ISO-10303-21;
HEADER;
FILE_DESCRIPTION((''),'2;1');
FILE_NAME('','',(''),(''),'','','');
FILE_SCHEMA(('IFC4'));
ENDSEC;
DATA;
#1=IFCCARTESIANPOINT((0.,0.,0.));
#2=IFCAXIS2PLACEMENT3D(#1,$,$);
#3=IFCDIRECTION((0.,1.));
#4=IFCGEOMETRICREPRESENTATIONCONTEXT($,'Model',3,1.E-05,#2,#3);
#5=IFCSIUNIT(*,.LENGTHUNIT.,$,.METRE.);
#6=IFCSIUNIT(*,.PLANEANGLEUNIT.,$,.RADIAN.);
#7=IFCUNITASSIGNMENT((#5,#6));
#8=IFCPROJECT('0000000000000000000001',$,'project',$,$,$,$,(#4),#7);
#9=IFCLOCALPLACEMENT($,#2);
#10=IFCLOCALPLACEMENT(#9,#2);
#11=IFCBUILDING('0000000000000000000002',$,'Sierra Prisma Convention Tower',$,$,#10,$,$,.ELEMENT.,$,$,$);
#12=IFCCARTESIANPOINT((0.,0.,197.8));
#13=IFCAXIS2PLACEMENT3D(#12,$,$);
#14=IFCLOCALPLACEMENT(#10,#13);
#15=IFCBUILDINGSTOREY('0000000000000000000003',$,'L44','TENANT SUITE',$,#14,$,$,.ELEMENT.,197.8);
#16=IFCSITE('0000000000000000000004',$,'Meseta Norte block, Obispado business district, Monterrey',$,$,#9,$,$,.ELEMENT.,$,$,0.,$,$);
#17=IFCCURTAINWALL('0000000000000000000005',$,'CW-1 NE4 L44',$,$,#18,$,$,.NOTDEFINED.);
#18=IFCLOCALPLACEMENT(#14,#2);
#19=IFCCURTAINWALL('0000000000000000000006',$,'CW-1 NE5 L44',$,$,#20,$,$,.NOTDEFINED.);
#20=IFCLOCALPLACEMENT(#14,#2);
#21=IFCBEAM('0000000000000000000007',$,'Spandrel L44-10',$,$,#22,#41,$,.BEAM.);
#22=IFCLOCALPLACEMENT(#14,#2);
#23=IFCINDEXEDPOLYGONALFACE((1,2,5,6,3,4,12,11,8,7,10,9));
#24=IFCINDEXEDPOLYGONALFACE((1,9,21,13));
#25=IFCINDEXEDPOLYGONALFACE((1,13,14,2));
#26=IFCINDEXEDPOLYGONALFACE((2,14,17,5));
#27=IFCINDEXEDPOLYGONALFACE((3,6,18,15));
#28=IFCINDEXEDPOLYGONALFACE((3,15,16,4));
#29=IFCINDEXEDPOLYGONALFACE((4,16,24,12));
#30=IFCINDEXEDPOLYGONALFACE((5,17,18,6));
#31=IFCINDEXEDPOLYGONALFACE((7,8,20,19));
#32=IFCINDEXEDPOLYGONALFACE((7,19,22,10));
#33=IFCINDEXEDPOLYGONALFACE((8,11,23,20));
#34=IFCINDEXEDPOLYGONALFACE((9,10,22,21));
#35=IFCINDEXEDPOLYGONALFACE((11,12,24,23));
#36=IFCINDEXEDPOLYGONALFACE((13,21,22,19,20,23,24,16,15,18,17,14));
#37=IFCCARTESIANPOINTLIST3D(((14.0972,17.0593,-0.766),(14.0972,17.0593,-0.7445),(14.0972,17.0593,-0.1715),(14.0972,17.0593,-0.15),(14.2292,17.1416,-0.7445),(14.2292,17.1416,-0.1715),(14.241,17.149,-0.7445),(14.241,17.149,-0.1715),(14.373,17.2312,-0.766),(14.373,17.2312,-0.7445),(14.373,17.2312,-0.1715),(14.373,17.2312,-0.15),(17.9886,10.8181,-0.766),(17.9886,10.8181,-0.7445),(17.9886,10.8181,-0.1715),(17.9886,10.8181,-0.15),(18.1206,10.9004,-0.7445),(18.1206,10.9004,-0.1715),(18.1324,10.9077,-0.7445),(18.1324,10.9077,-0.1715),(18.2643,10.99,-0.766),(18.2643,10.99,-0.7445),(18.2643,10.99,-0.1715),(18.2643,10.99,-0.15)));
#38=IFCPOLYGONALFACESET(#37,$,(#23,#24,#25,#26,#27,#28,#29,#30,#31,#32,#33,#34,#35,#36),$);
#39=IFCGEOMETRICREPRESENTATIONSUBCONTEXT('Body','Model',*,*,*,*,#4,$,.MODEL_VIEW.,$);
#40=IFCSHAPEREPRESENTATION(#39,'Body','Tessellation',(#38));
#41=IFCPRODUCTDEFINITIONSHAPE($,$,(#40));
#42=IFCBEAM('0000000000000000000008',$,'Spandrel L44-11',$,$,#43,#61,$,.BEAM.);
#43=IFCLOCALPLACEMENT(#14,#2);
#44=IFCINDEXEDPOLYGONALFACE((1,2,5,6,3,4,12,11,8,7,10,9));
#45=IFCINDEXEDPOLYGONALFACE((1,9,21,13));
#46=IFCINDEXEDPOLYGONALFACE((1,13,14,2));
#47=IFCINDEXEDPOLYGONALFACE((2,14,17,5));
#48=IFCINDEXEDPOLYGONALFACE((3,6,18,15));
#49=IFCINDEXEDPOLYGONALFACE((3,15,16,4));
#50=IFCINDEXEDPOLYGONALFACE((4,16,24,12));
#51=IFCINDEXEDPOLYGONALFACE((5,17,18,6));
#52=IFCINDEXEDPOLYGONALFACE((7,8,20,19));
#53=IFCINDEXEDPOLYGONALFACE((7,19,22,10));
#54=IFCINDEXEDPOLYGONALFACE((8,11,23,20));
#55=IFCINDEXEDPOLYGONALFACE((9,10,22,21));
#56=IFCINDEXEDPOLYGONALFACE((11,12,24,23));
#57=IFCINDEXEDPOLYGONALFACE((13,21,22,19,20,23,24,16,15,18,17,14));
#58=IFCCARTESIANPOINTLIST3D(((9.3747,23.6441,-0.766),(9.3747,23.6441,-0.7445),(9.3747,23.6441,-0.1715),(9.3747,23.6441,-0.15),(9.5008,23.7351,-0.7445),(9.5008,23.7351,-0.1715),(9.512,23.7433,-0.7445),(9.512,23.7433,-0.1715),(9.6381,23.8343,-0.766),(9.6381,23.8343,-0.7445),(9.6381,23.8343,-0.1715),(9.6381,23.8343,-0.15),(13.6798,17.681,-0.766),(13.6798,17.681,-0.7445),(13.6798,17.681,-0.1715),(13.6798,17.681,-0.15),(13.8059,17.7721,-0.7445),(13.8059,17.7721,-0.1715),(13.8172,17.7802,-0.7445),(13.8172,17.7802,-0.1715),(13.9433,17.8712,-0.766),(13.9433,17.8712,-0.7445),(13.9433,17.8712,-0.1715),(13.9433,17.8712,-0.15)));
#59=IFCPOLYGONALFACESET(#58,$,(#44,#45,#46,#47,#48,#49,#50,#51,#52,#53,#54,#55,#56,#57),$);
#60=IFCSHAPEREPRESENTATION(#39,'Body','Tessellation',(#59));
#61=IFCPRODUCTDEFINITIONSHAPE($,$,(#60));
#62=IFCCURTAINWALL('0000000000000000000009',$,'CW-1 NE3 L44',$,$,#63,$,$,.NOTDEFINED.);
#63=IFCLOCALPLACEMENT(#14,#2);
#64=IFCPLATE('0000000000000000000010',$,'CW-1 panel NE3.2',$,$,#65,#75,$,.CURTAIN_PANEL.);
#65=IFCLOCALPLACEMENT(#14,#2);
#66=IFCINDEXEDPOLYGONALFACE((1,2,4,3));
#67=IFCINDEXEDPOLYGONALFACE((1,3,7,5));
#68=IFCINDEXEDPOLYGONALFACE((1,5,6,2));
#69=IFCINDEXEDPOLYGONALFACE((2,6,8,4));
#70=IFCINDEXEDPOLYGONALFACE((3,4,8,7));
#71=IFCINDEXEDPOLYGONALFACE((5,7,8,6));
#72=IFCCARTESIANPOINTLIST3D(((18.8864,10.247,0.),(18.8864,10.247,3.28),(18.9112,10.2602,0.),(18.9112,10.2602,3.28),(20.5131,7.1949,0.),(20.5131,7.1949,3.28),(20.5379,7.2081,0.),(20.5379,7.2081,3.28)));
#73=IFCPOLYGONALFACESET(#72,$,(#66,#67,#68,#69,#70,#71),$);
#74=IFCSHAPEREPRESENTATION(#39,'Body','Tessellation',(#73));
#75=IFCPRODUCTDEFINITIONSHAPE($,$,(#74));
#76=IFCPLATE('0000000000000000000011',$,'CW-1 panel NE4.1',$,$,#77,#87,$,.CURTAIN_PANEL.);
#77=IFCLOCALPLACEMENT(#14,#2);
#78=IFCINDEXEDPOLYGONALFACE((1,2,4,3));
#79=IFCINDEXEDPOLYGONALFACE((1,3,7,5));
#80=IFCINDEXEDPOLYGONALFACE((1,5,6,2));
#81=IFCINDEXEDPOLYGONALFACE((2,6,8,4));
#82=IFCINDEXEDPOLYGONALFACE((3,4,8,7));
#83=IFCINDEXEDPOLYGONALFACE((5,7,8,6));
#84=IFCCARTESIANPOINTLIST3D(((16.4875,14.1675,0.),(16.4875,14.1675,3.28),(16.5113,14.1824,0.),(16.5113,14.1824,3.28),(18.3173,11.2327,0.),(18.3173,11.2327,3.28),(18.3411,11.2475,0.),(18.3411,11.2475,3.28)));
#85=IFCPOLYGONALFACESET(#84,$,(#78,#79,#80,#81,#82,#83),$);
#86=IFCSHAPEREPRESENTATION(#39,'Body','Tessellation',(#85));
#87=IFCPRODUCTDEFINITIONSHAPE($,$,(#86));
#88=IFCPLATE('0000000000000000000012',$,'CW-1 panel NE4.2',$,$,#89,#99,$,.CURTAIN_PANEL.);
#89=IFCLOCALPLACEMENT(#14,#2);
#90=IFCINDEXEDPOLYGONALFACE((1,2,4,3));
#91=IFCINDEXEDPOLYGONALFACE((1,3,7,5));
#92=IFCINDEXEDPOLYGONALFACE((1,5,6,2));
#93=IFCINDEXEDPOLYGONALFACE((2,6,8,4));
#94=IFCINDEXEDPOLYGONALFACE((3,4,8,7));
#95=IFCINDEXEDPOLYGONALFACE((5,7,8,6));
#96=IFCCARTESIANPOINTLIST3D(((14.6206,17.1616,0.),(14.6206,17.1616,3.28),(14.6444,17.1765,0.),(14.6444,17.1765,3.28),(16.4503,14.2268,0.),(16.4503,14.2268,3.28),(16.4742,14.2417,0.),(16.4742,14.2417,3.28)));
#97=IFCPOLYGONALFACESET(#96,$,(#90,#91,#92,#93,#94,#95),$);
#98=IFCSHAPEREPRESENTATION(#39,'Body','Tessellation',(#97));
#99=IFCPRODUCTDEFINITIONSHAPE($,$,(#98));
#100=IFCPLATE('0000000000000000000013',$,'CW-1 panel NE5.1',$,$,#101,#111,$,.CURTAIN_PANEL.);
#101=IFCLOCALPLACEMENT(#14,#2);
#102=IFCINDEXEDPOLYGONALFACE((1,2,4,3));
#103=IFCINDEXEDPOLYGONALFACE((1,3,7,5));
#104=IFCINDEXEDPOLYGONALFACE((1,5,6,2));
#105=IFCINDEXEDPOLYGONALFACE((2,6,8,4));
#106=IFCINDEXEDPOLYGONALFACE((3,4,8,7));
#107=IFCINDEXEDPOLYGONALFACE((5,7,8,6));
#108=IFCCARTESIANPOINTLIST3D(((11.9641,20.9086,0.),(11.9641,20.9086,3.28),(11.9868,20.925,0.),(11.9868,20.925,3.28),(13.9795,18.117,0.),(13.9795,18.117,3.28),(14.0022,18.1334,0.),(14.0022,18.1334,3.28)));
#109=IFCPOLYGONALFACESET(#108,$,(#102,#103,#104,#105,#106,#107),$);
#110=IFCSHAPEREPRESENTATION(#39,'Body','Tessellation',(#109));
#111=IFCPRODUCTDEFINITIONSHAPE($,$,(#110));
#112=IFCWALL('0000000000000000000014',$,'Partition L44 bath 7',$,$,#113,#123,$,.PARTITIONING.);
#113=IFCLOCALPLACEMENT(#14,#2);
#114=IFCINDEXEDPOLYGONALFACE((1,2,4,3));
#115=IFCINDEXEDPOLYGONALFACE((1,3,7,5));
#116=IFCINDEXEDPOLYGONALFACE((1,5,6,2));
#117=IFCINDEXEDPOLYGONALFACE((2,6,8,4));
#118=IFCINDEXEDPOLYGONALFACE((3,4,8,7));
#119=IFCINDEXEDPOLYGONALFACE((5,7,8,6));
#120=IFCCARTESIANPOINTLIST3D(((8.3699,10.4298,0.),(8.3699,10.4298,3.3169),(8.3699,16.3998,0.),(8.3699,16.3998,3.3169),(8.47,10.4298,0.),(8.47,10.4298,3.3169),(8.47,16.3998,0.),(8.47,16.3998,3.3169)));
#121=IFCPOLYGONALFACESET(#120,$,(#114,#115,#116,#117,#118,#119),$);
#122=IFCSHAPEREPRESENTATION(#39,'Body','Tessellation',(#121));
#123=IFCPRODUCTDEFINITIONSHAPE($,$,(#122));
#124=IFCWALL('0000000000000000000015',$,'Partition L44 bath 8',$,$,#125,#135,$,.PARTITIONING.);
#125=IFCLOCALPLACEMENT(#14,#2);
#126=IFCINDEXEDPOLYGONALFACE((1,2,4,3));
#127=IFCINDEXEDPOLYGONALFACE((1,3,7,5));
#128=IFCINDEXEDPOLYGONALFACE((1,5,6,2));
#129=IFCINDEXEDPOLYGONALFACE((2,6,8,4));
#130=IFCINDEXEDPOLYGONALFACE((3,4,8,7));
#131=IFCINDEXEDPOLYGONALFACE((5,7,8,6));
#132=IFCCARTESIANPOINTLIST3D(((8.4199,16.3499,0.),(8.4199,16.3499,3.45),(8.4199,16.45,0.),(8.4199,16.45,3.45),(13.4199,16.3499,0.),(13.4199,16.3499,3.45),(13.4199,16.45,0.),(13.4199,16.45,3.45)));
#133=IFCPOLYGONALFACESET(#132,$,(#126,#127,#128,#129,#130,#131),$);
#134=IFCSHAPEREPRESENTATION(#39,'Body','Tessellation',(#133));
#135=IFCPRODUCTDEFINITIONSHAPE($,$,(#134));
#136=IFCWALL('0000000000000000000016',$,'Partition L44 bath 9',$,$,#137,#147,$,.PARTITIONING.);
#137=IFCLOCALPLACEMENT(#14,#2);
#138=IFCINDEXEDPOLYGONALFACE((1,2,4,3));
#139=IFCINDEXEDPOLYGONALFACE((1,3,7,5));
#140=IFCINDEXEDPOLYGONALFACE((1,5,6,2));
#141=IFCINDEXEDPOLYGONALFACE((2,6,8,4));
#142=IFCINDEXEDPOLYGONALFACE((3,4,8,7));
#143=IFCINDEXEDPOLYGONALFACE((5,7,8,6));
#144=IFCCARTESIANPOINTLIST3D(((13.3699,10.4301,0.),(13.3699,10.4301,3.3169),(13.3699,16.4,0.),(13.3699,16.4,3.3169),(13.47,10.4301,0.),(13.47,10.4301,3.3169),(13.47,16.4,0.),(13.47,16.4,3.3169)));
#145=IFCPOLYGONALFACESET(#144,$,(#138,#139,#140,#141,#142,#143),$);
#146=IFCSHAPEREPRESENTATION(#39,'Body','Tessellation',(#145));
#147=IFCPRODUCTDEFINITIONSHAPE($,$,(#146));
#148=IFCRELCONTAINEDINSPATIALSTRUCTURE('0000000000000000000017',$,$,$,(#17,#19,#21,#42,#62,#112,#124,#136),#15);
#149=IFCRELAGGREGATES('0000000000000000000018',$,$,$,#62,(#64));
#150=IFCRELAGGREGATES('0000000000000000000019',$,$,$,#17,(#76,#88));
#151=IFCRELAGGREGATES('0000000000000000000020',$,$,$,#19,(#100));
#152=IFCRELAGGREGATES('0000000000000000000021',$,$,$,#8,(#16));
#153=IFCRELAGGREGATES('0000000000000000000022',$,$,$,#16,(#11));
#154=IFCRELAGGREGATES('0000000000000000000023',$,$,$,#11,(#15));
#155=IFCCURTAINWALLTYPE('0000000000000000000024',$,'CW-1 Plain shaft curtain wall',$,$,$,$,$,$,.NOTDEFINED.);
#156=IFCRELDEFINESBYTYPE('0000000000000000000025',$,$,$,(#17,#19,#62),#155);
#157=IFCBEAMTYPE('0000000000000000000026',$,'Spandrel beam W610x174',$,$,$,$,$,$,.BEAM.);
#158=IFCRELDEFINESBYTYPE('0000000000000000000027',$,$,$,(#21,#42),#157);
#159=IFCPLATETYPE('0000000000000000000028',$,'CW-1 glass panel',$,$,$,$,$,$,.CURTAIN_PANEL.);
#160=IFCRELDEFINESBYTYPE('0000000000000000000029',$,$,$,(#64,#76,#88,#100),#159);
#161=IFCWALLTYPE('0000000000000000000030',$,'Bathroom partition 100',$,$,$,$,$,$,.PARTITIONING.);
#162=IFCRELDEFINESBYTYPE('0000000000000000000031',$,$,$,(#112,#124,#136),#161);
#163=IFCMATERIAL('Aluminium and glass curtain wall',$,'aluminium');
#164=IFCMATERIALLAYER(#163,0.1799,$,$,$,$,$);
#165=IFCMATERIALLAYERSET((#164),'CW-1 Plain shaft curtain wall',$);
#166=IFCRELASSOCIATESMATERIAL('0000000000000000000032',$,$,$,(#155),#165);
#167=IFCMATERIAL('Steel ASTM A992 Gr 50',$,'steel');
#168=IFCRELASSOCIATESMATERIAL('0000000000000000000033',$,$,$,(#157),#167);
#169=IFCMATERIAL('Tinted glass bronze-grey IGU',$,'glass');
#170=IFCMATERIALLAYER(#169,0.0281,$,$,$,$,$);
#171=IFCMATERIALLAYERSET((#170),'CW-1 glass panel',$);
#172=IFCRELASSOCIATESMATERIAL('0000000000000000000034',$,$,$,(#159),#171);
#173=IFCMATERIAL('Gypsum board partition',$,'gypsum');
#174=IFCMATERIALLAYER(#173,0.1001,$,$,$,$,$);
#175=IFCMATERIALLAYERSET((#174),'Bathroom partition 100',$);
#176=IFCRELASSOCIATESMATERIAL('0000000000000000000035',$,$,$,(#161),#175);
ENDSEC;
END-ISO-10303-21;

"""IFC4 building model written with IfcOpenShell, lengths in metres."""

from ifc_helpers import new_model, si_unit, direction, frame, frame_2d, origin, origin_2d, place, context, subcontext, project, spatial, rectangle, i_section, extrude, material, layer, layer_set, material_profile, profile_set, type_object, element, aggregate, save


model = new_model("IFC4")

# Units and contexts
model_context = context("Model", 3, precision=1e-05, world=origin(), true_north=direction((0.0, 1.0)))
body_context = subcontext(model_context, "Body", "Model", "MODEL_VIEW")
ifc_project = project(units=[si_unit("LENGTHUNIT", "METRE"), si_unit("PLANEANGLEUNIT", "RADIAN")], contexts=[model_context])

# Site, building, storey
site_placement = place(None, origin())
site = spatial("IfcSite", under=ifc_project, at=site_placement, Name="Meseta Norte block, Obispado business district, Monterrey", CompositionType="ELEMENT", RefElevation=0.0)
building_placement = place(site_placement, origin())
building = spatial("IfcBuilding", under=site, at=building_placement, Name="Sierra Prisma Convention Tower", CompositionType="ELEMENT")
storey_placement = place(building_placement, frame((0.0, 0.0, 197.8)))
storey = spatial("IfcBuildingStorey", under=building, at=storey_placement, Name="L44", Description="TENANT SUITE", CompositionType="ELEMENT", Elevation=197.8)

# Curtain wall
ifc_material_1 = material(Name="Aluminium and glass curtain wall", Category="aluminium")
ifc_layer_1 = layer(ifc_material_1, 0.1799)
ifc_layer_set_1 = layer_set([ifc_layer_1], Name="CW-1 Plain shaft curtain wall")
curtain_wall_type = type_object("IfcCurtainWallType", Name="CW-1 Plain shaft curtain wall", PredefinedType="NOTDEFINED", material=ifc_layer_set_1)
curtain_wall_1_placement = place(storey_placement, origin())
curtain_wall_1 = element("IfcCurtainWall", 1, at=curtain_wall_1_placement, inside=storey, type_object=curtain_wall_type, Name="CW-1 NE4 L44", PredefinedType="NOTDEFINED")

# Curtain wall
curtain_wall_2_placement = place(storey_placement, origin())
curtain_wall_2 = element("IfcCurtainWall", 2, at=curtain_wall_2_placement, inside=storey, type_object=curtain_wall_type, Name="CW-1 NE5 L44", PredefinedType="NOTDEFINED")

# Beams
ifc_material_2 = material(Name="Steel ASTM A992 Gr 50", Category="steel")
ifc_material_profile_1 = material_profile(ifc_material_2, i_section(OverallWidth=0.325, OverallDepth=0.616, WebThickness=0.0139, FlangeThickness=0.0215, at=origin_2d()), Name="W610x174")
ifc_profile_set_1 = profile_set([ifc_material_profile_1], Name="Steel ASTM A992 Gr 50")
beam_type_1 = type_object("IfcBeamType", Name="Spandrel beam W610x174", PredefinedType="BEAM", material=ifc_profile_set_1)
beam_1_placement = place(storey_placement, frame((18.1265, 10.9041, -0.458), z_axis=(-0.52908, 0.848572, 0.0), x_axis=(-0.848572, -0.52908, 0.0)))
element("IfcBeam", 3, at=beam_1_placement, inside=storey, type_object=beam_type_1, Name="Spandrel L44-10", PredefinedType="BEAM", context=body_context, shape_type="SweptSolid", body=[
    extrude(i_section(OverallWidth=0.325, OverallDepth=0.616, WebThickness=0.0139, FlangeThickness=0.0215, at=origin_2d()), origin(), (0.0, 0.0, 1.0), 7.355),
])
beam_2_placement = place(storey_placement, frame((13.8115, 17.7761, -0.458), z_axis=(-0.585354, 0.810778, 0.0), x_axis=(-0.810778, -0.585354, 0.0)))
element("IfcBeam", 4, at=beam_2_placement, inside=storey, type_object=beam_type_1, Name="Spandrel L44-11", PredefinedType="BEAM", context=body_context, shape_type="SweptSolid", body=[
    extrude(i_section(OverallWidth=0.325, OverallDepth=0.616, WebThickness=0.0139, FlangeThickness=0.0215, at=origin_2d()), origin(), (0.0, 0.0, 1.0), 7.3547),
])

# Curtain wall, plate
curtain_wall_3_placement = place(storey_placement, origin())
curtain_wall_3 = element("IfcCurtainWall", 5, at=curtain_wall_3_placement, inside=storey, type_object=curtain_wall_type, Name="CW-1 NE3 L44", PredefinedType="NOTDEFINED")
ifc_material_3 = material(Name="Tinted glass bronze-grey IGU", Category="glass")
ifc_layer_2 = layer(ifc_material_3, 0.0281)
ifc_layer_set_2 = layer_set([ifc_layer_2], Name="CW-1 glass panel")
plate_type = type_object("IfcPlateType", Name="CW-1 glass panel", PredefinedType="CURTAIN_PANEL", material=ifc_layer_set_2)
plate_1_placement = place(storey_placement, frame((19.7122, 8.7275, 0.0), z_axis=(0.0, 0.0, 1.0), x_axis=(-0.470361, 0.882474, 0.0)))
plate_1 = element("IfcPlate", 6, at=plate_1_placement, type_object=plate_type, Name="CW-1 panel NE3.2", PredefinedType="CURTAIN_PANEL", context=body_context, shape_type="SweptSolid", body=[
    extrude(rectangle(XDim=3.4585, YDim=0.0281, at=origin_2d()), origin(), (0.0, 0.0, 1.0), 3.28),
])
aggregate(curtain_wall_3, [plate_1])

# Plates
plate_2_placement = place(storey_placement, frame((17.4143, 12.7075, 0.0), z_axis=(0.0, 0.0, 1.0), x_axis=(-0.529065, 0.848581, 0.0)))
plate_2 = element("IfcPlate", 7, at=plate_2_placement, type_object=plate_type, Name="CW-1 panel NE4.1", PredefinedType="CURTAIN_PANEL", context=body_context, shape_type="SweptSolid", body=[
    extrude(rectangle(XDim=3.4585, YDim=0.0281, at=origin_2d()), origin(), (0.0, 0.0, 1.0), 3.28),
])
plate_3_placement = place(storey_placement, frame((15.5474, 15.7017, 0.0), z_axis=(0.0, 0.0, 1.0), x_axis=(-0.529065, 0.848581, 0.0)))
plate_3 = element("IfcPlate", 8, at=plate_3_placement, type_object=plate_type, Name="CW-1 panel NE4.2", PredefinedType="CURTAIN_PANEL", context=body_context, shape_type="SweptSolid", body=[
    extrude(rectangle(XDim=3.4585, YDim=0.0281, at=origin_2d()), origin(), (0.0, 0.0, 1.0), 3.28),
])
aggregate(curtain_wall_1, [plate_2, plate_3])
plate_4_placement = place(storey_placement, frame((12.9832, 19.521, 0.0), z_axis=(0.0, 0.0, 1.0), x_axis=(-0.585338, 0.810789, 0.0)))
plate_4 = element("IfcPlate", 9, at=plate_4_placement, type_object=plate_type, Name="CW-1 panel NE5.1", PredefinedType="CURTAIN_PANEL", context=body_context, shape_type="SweptSolid", body=[
    extrude(rectangle(XDim=3.4431, YDim=0.0281, at=origin_2d()), origin(), (0.0, 0.0, 1.0), 3.28),
])
aggregate(curtain_wall_2, [plate_4])

# Walls
ifc_material_4 = material(Name="Gypsum board partition", Category="gypsum")
ifc_layer_3 = layer(ifc_material_4, 0.1001)
ifc_layer_set_3 = layer_set([ifc_layer_3], Name="Bathroom partition 100")
wall_type_1 = type_object("IfcWallType", Name="Bathroom partition 100", PredefinedType="PARTITIONING", material=ifc_layer_set_3)
wall_1_placement = place(storey_placement, frame((8.4199, 10.4299, 0.0), z_axis=(0.0, 0.0, 1.0), x_axis=(0.0, 1.0, 0.0)))
element("IfcWall", 10, at=wall_1_placement, inside=storey, type_object=wall_type_1, Name="Partition L44 bath 7", PredefinedType="PARTITIONING", context=body_context, shape_type="SweptSolid", body=[
    extrude(rectangle(XDim=5.97, YDim=0.1001, at=frame_2d((2.9849, 0.0))), origin(), (0.0, 0.0, 1.0), 3.3169),
])
wall_2_placement = place(storey_placement, frame((8.4199, 16.3999, 0.0), z_axis=(0.0, 0.0, 1.0), x_axis=(1.0, 0.0, 0.0)))
element("IfcWall", 11, at=wall_2_placement, inside=storey, type_object=wall_type_1, Name="Partition L44 bath 8", PredefinedType="PARTITIONING", context=body_context, shape_type="SweptSolid", body=[
    extrude(rectangle(XDim=5.0, YDim=0.1001, at=frame_2d((2.5, 0.0))), origin(), (0.0, 0.0, 1.0), 3.45),
])
wall_3_placement = place(storey_placement, frame((13.4199, 16.3999, 0.0), z_axis=(0.0, 0.0, 1.0), x_axis=(0.0, -1.0, 0.0)))
element("IfcWall", 12, at=wall_3_placement, inside=storey, type_object=wall_type_1, Name="Partition L44 bath 9", PredefinedType="PARTITIONING", context=body_context, shape_type="SweptSolid", body=[
    extrude(rectangle(XDim=5.97, YDim=0.1001, at=frame_2d((2.9849, 0.0))), origin(), (0.0, 0.0, 1.0), 3.3169),
])

save(model, "model.ifc")
